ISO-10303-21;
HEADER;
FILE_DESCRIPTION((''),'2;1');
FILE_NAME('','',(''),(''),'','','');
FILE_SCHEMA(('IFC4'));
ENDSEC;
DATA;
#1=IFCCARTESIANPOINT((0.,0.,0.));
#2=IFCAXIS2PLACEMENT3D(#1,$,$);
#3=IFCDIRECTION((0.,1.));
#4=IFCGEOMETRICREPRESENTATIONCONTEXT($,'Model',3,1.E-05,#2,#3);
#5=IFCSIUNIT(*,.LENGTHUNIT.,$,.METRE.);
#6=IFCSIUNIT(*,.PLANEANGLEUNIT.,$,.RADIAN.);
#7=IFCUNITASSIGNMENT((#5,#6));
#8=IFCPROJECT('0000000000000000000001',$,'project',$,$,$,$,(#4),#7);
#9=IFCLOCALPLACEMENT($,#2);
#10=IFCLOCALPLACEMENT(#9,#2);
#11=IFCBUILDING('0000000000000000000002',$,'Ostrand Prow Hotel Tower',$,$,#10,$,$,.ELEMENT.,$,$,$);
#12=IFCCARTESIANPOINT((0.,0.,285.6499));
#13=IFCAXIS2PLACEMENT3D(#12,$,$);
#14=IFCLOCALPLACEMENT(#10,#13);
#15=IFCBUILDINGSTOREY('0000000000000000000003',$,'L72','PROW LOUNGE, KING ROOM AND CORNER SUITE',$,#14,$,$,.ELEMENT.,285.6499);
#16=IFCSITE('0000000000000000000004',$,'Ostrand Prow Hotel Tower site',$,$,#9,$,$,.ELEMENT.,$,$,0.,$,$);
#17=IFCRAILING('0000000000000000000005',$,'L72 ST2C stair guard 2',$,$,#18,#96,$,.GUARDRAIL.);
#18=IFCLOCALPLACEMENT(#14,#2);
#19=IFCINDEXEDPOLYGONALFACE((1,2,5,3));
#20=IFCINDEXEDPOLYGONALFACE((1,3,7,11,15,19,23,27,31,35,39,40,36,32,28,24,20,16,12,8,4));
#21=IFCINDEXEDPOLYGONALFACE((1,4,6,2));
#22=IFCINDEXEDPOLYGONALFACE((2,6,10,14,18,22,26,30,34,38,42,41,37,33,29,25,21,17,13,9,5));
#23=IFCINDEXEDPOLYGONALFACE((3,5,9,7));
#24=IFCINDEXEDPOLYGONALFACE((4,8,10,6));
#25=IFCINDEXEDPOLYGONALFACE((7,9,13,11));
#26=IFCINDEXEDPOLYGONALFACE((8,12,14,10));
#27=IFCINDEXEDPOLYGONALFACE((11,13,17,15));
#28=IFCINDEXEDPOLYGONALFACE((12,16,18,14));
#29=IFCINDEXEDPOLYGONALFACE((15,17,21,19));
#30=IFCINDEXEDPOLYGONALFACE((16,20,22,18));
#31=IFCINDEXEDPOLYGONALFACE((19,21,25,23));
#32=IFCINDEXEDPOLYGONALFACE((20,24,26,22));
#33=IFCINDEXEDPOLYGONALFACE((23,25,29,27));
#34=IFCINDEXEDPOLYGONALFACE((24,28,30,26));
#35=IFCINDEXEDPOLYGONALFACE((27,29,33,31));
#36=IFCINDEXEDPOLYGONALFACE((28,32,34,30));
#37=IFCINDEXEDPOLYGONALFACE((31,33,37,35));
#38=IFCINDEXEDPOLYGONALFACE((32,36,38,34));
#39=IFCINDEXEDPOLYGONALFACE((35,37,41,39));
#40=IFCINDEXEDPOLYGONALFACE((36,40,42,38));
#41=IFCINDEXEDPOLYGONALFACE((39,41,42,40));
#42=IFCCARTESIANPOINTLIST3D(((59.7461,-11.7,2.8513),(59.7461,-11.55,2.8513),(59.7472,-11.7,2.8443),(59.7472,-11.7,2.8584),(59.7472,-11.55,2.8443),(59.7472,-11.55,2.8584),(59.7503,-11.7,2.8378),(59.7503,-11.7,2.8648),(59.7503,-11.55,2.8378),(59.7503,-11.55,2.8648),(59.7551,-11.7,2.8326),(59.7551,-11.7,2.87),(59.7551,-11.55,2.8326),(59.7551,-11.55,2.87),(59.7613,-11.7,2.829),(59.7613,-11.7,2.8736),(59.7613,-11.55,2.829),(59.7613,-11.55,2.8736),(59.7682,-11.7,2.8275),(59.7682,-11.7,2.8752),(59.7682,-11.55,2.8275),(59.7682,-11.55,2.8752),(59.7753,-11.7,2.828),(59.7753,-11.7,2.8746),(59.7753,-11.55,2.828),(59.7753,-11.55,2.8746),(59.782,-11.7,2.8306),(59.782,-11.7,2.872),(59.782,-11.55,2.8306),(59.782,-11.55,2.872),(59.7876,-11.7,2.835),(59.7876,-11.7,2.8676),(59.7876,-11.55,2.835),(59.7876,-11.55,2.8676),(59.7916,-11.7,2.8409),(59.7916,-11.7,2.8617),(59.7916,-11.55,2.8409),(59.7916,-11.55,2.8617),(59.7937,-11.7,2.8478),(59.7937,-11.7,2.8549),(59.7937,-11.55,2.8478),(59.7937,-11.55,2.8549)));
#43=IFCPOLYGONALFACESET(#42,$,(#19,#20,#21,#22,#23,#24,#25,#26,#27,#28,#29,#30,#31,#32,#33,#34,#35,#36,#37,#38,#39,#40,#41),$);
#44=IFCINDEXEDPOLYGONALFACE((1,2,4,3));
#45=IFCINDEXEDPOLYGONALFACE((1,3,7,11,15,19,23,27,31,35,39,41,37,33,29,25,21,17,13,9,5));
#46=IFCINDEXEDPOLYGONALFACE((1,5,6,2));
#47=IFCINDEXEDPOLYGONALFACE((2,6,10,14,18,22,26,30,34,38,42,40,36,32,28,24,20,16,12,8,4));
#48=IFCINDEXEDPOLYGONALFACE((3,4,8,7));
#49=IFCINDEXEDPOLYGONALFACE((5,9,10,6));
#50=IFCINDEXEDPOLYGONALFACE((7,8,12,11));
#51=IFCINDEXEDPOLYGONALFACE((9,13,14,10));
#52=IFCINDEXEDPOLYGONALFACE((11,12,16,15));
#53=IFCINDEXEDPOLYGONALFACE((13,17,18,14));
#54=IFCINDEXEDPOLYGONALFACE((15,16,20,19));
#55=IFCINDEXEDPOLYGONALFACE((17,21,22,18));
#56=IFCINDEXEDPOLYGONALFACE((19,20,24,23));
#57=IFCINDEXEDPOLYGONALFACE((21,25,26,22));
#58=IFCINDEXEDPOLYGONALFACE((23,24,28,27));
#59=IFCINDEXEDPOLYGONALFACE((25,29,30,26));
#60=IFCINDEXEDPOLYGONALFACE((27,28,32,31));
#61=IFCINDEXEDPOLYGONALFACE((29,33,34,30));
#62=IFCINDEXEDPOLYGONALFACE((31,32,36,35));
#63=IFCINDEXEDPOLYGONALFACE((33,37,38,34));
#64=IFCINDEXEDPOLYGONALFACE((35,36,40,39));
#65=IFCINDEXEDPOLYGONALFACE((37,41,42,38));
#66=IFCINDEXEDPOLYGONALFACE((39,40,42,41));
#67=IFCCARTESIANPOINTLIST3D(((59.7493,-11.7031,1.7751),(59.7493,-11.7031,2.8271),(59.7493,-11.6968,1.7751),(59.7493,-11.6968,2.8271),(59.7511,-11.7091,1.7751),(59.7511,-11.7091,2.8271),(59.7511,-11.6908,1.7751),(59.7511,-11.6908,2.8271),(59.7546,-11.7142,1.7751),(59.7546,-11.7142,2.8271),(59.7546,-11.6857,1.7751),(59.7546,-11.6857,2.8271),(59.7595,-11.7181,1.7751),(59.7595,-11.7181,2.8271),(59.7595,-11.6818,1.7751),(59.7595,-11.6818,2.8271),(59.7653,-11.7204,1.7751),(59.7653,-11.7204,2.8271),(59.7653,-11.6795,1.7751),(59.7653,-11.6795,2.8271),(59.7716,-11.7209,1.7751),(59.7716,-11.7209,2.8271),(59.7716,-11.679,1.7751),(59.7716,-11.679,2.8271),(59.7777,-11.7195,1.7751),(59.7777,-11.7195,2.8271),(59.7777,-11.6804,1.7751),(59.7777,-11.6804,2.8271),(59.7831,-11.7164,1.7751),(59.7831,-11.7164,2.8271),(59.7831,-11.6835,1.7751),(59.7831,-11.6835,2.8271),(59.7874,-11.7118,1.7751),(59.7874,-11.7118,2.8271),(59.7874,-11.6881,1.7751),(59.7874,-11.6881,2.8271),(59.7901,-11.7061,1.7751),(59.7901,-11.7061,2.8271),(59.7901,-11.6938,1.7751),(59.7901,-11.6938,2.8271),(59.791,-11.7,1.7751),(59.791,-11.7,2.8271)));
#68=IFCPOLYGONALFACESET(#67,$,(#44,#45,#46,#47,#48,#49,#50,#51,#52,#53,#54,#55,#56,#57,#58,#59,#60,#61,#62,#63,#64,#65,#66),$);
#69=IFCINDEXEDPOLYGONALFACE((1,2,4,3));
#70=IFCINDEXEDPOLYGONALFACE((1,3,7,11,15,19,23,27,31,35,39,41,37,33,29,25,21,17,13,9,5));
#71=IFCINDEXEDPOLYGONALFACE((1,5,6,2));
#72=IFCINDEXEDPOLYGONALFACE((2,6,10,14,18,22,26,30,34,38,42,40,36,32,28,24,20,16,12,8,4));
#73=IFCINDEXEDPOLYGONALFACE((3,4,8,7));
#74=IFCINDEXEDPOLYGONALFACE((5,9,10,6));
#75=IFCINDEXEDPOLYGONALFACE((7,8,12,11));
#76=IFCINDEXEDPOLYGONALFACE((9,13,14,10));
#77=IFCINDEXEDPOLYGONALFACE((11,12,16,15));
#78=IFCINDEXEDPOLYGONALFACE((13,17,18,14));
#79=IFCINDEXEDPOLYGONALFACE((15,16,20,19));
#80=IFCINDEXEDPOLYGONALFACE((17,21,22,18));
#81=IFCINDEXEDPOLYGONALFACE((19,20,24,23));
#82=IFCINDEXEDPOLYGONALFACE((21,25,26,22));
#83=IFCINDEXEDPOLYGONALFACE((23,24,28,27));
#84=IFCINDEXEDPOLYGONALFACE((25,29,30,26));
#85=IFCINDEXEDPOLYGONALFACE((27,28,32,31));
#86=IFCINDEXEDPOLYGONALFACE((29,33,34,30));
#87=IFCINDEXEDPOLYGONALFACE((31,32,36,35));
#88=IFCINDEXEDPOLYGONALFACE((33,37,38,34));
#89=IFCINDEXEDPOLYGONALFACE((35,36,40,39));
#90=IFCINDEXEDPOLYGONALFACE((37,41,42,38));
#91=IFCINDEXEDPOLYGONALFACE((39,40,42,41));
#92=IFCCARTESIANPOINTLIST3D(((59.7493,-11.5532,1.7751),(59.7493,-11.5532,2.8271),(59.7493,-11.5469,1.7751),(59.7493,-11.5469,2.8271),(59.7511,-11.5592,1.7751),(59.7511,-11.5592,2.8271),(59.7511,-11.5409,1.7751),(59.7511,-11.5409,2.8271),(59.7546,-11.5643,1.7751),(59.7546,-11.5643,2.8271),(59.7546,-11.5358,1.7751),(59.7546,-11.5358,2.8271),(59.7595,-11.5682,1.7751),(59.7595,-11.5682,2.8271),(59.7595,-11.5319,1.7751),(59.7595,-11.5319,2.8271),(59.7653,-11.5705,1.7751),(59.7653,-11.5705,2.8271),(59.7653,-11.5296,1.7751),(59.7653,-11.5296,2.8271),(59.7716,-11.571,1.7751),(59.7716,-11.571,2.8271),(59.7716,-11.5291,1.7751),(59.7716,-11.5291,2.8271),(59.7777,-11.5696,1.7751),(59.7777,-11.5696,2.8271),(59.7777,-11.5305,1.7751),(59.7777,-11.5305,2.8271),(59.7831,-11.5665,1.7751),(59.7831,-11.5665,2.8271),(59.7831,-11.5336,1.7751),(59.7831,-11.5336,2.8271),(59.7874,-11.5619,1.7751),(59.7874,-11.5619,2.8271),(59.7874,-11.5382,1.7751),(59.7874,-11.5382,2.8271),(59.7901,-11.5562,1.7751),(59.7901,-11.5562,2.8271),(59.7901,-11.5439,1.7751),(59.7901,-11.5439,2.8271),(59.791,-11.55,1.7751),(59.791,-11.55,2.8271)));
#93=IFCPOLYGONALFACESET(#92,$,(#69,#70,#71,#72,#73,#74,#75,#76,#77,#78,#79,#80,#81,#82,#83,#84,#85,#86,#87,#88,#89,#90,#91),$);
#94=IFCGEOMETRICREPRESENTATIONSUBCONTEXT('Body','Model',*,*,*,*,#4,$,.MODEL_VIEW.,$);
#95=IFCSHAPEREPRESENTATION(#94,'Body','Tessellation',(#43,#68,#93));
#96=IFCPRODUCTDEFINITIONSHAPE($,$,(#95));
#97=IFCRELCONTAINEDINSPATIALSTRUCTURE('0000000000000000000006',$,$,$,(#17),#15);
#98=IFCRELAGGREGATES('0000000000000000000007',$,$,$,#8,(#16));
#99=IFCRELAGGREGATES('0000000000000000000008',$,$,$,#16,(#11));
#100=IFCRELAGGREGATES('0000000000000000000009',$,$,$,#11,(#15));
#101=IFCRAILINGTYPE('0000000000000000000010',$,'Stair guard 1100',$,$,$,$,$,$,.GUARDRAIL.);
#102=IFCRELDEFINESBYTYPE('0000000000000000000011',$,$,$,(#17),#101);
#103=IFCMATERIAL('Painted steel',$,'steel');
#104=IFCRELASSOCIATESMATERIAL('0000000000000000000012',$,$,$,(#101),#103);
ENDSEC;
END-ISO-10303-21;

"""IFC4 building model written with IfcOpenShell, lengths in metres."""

from ifc_helpers import new_model, si_unit, direction, frame, origin, origin_2d, place, context, subcontext, project, spatial, circle, extrude, material, type_object, element, save


model = new_model("IFC4")

# Units and contexts
model_context = context("Model", 3, precision=1e-05, world=origin(), true_north=direction((0.0, 1.0)))
body_context = subcontext(model_context, "Body", "Model", "MODEL_VIEW")
ifc_project = project(units=[si_unit("LENGTHUNIT", "METRE"), si_unit("PLANEANGLEUNIT", "RADIAN")], contexts=[model_context])

# Site, building, storey
site_placement = place(None, origin())
site = spatial("IfcSite", under=ifc_project, at=site_placement, Name="Ostrand Prow Hotel Tower site", CompositionType="ELEMENT", RefElevation=0.0)
building_placement = place(site_placement, origin())
building = spatial("IfcBuilding", under=site, at=building_placement, Name="Ostrand Prow Hotel Tower", CompositionType="ELEMENT")
storey_placement = place(building_placement, frame((0.0, 0.0, 285.6499)))
storey = spatial("IfcBuildingStorey", under=building, at=storey_placement, Name="L72", Description="PROW LOUNGE, KING ROOM AND CORNER SUITE", CompositionType="ELEMENT", Elevation=285.6499)

# Railing
ifc_material_1 = material(Name="Painted steel", Category="steel")
railing_type_1 = type_object("IfcRailingType", Name="Stair guard 1100", PredefinedType="GUARDRAIL", material=ifc_material_1)
railing_1_placement = place(storey_placement, frame((59.77, -11.7, 1.7751)))
element("IfcRailing", 1, at=railing_1_placement, inside=storey, type_object=railing_type_1, Name="L72 ST2C stair guard 2", PredefinedType="GUARDRAIL", context=body_context, shape_type="SweptSolid", body=[
    extrude(circle(Radius=0.0239, at=origin_2d()), frame((0.0, 0.0, 1.0762), z_axis=(0.0, 1.0, 0.0), x_axis=(-1.0, 0.0, 0.0)), (0.0, 0.0, 1.0), 0.1499),
    extrude(circle(Radius=0.021, at=origin_2d()), origin(), (0.0, 0.0, 1.0), 1.052),
    extrude(circle(Radius=0.021, at=origin_2d()), frame((0.0, 0.1499, 0.0)), (0.0, 0.0, 1.0), 1.052),
])

save(model, "model.ifc")
